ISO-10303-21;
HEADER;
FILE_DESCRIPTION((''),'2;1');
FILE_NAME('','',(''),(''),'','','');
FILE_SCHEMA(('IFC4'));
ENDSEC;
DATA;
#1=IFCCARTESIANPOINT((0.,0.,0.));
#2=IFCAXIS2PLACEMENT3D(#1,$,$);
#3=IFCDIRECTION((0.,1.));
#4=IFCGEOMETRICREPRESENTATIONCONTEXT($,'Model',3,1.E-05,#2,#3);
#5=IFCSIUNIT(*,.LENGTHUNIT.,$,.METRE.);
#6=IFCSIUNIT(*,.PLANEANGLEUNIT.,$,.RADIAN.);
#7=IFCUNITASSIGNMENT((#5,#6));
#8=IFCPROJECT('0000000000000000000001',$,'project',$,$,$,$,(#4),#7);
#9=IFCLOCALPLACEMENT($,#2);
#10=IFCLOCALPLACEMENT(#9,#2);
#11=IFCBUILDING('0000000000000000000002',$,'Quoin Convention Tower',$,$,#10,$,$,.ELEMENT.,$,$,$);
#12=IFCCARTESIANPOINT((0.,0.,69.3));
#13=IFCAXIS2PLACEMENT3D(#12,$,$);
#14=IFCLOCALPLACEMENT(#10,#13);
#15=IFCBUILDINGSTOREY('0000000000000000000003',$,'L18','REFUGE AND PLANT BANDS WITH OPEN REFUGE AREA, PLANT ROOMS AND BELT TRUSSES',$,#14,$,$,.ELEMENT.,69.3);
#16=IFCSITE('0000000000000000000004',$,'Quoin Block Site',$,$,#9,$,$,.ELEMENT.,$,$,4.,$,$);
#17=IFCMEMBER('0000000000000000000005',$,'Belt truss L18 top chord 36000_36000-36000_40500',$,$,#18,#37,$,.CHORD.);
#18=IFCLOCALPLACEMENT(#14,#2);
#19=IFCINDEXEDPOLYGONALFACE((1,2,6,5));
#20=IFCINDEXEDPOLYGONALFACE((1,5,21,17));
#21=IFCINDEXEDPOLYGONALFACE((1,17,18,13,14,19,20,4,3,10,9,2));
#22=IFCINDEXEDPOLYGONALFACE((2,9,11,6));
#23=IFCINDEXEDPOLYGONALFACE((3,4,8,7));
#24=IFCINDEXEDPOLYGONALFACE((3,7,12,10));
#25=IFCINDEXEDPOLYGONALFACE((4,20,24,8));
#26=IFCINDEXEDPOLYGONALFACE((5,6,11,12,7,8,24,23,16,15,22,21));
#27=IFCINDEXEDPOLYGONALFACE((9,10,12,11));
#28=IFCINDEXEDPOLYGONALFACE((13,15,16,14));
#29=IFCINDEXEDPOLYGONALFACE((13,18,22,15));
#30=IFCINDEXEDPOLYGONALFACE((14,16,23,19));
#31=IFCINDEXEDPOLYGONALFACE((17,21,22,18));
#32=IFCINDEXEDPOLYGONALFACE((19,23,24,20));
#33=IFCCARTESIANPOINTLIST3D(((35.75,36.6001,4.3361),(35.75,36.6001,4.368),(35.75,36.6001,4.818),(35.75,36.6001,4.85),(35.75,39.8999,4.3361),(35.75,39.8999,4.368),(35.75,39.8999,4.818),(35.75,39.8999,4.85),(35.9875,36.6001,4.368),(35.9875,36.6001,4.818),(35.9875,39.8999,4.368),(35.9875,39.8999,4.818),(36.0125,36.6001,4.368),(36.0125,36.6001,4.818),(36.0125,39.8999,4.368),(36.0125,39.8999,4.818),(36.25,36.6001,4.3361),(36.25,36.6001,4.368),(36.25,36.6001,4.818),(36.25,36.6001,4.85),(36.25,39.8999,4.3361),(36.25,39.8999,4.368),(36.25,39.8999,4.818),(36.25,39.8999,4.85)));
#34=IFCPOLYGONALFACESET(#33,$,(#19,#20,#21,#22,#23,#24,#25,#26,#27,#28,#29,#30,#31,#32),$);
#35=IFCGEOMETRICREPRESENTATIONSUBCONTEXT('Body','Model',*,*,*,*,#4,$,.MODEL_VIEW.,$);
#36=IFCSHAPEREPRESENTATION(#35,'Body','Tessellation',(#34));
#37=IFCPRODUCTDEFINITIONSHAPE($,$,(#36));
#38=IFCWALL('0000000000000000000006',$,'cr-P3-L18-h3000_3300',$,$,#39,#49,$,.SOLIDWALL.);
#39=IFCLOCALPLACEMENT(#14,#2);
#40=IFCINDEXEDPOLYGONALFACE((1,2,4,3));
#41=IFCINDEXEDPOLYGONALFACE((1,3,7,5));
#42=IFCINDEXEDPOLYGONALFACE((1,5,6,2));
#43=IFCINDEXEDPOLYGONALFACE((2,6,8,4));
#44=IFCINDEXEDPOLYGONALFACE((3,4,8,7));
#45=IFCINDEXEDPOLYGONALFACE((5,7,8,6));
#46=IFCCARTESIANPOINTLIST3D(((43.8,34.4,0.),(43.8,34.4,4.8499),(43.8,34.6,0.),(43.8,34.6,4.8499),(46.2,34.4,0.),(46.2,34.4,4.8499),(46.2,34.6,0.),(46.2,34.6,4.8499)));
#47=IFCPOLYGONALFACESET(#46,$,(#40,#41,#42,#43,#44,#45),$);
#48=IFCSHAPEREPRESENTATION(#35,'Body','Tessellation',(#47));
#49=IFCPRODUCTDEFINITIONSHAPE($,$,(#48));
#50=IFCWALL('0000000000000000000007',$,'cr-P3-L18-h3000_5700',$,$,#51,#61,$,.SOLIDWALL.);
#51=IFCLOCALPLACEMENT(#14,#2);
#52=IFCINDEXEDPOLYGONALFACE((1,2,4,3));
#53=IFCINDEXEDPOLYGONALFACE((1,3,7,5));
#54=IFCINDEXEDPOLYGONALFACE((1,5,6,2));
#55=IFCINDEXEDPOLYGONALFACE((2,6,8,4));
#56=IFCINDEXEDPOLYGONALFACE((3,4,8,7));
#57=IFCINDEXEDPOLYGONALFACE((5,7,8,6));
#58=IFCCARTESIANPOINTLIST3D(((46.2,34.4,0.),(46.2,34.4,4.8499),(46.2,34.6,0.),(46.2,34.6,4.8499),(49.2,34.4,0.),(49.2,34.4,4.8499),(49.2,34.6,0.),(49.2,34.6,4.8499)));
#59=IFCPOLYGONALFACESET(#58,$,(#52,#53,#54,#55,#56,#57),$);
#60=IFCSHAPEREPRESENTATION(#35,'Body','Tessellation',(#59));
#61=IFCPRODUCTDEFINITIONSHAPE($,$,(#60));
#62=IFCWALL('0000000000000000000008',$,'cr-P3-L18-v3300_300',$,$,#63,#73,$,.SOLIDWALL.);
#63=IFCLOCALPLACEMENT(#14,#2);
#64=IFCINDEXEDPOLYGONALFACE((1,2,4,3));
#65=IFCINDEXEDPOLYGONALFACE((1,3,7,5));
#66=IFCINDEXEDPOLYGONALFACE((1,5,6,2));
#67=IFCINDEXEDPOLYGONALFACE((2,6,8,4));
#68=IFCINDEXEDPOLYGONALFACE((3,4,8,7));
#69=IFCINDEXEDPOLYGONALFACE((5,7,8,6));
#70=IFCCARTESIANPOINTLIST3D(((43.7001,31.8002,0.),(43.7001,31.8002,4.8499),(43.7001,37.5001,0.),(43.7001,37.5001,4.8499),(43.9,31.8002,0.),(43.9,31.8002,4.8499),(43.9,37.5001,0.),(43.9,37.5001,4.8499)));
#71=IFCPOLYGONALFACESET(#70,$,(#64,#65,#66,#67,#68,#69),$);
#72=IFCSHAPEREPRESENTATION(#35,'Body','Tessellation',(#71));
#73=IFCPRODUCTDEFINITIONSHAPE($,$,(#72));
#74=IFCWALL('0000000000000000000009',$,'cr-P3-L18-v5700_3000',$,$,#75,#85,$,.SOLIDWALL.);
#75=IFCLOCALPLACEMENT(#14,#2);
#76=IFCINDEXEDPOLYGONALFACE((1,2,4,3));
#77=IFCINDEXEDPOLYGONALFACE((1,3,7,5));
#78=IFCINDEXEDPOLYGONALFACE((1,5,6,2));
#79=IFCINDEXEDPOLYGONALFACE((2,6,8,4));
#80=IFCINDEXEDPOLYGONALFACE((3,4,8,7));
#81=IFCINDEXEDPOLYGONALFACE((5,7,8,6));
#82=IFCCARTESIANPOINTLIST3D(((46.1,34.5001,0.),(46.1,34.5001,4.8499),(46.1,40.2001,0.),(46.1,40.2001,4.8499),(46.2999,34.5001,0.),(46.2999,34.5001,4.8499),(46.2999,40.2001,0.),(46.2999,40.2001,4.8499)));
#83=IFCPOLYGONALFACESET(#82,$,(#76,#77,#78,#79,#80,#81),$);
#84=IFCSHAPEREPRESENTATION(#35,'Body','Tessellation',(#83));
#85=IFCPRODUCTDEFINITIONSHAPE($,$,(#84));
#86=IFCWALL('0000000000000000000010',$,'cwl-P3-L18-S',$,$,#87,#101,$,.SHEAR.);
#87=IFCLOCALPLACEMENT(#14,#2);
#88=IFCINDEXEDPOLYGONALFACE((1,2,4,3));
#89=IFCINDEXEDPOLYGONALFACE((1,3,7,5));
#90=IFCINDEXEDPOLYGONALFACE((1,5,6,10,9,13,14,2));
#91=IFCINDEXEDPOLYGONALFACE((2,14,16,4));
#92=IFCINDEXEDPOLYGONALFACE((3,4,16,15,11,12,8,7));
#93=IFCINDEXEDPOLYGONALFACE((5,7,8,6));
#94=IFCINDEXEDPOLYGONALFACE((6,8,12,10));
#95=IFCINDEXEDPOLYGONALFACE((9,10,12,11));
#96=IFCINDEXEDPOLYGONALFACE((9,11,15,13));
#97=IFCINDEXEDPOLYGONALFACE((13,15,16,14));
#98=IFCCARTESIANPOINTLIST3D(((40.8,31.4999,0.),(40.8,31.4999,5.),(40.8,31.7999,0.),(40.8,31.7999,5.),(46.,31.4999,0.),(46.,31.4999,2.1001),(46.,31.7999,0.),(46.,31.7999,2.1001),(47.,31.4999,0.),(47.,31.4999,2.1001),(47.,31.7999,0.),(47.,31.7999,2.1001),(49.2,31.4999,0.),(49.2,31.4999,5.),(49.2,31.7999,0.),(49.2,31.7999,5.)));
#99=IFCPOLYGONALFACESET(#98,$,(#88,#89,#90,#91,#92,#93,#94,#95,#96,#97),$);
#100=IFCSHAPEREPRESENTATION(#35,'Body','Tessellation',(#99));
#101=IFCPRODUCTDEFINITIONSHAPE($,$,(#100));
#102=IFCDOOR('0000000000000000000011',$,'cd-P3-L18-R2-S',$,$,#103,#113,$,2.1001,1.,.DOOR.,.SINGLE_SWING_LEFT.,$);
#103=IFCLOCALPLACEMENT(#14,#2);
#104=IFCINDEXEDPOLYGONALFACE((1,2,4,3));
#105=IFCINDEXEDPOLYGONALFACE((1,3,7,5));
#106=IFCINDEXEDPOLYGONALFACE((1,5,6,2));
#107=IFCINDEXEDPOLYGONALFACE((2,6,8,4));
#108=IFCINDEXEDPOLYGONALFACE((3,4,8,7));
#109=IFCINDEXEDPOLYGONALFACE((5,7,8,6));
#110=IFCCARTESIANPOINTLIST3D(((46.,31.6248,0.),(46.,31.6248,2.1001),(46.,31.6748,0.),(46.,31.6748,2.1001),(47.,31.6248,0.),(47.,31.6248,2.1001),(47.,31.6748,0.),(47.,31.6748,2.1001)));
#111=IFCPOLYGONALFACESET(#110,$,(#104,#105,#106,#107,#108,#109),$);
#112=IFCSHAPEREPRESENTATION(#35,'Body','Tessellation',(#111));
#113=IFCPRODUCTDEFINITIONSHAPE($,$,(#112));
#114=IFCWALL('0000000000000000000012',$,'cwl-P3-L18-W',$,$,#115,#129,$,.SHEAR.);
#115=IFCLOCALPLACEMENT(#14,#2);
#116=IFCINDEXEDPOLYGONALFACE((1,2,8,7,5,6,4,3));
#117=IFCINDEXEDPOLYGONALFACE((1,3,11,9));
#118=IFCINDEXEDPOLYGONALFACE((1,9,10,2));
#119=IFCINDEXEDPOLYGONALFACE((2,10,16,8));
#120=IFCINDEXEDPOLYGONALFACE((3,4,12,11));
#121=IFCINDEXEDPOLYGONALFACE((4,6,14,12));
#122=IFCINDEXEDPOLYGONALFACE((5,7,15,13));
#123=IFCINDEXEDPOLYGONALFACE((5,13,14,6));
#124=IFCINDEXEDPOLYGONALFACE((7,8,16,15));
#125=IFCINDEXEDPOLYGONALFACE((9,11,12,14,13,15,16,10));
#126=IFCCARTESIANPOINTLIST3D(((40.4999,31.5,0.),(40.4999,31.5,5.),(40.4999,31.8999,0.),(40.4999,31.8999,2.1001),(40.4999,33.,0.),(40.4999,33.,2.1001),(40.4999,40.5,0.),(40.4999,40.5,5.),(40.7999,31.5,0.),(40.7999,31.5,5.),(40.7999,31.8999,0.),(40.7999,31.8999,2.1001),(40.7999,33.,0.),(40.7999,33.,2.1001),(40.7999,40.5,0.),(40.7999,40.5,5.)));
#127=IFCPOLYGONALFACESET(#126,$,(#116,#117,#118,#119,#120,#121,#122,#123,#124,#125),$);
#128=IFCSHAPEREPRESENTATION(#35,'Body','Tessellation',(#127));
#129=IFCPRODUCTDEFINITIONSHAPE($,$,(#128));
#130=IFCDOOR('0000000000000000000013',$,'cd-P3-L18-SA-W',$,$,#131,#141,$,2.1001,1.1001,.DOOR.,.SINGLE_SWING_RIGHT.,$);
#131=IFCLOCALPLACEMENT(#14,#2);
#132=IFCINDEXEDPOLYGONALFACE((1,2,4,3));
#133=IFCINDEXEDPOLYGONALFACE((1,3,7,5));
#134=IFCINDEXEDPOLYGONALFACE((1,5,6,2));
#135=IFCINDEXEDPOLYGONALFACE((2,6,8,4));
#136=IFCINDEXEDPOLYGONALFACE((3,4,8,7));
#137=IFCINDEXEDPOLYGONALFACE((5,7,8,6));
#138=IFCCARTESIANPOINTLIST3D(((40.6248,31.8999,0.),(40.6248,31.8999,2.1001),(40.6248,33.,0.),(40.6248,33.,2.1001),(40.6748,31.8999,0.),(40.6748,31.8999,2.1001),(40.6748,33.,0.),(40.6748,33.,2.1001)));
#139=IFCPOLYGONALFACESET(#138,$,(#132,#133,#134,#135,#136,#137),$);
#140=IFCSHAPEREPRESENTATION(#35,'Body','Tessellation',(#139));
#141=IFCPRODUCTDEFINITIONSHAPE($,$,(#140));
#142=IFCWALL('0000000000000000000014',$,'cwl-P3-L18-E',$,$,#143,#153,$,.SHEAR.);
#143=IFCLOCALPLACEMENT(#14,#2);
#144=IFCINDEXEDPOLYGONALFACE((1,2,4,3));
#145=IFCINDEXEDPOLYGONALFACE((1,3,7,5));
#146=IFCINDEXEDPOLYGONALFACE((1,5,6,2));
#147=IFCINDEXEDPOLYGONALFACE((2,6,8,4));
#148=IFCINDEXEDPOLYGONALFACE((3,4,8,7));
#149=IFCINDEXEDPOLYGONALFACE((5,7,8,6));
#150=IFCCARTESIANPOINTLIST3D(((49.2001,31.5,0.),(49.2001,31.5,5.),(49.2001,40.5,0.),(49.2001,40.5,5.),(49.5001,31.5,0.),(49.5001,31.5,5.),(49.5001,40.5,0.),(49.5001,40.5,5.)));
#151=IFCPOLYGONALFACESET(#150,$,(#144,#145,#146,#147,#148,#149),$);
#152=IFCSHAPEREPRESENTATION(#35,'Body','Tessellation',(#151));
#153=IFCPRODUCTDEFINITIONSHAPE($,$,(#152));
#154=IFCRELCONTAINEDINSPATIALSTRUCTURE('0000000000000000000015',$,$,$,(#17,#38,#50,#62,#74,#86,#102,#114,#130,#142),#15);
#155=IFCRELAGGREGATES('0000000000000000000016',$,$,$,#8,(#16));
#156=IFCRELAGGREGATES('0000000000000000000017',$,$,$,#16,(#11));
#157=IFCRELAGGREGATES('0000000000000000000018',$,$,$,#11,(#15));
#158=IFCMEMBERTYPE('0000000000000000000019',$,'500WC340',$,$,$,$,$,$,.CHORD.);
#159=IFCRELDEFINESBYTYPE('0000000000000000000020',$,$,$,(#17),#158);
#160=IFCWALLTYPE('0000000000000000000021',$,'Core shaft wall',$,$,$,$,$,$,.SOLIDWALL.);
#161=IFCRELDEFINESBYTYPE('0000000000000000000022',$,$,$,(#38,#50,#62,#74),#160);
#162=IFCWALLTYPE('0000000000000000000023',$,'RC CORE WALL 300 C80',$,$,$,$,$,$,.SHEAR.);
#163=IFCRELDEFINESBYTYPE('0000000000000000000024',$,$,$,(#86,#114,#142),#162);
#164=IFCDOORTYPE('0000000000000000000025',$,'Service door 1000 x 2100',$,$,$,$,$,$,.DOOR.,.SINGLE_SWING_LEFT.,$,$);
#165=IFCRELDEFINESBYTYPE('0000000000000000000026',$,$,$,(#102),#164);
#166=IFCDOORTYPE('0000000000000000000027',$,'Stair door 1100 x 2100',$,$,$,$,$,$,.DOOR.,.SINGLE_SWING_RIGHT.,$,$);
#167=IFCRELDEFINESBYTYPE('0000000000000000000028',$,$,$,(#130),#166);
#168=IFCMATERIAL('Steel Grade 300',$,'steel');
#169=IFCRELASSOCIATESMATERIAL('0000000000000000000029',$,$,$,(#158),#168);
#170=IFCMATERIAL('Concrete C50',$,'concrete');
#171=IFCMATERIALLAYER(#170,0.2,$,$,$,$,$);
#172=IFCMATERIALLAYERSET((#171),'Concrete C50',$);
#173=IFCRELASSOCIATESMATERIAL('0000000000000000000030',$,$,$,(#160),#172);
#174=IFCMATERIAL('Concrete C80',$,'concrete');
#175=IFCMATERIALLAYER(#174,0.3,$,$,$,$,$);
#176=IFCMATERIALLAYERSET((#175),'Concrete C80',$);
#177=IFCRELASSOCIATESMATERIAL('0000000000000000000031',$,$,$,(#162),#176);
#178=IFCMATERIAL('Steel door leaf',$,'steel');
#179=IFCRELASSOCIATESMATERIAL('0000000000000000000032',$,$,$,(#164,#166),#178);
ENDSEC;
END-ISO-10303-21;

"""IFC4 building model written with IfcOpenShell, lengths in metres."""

from ifc_helpers import new_model, si_unit, direction, frame, frame_2d, origin, origin_2d, place, context, subcontext, project, spatial, rectangle, i_section, extrude, material, layer, layer_set, material_profile, profile_set, type_object, element, fill, save


model = new_model("IFC4")

# Units and contexts
model_context = context("Model", 3, precision=1e-05, world=origin(), true_north=direction((0.0, 1.0)))
body_context = subcontext(model_context, "Body", "Model", "MODEL_VIEW")
ifc_project = project(units=[si_unit("LENGTHUNIT", "METRE"), si_unit("PLANEANGLEUNIT", "RADIAN")], contexts=[model_context])

# Site, building, storey
site_placement = place(None, origin())
site = spatial("IfcSite", under=ifc_project, at=site_placement, Name="Quoin Block Site", CompositionType="ELEMENT", RefElevation=4.0)
building_placement = place(site_placement, origin())
building = spatial("IfcBuilding", under=site, at=building_placement, Name="Quoin Convention Tower", CompositionType="ELEMENT")
storey_placement = place(building_placement, frame((0.0, 0.0, 69.3)))
storey = spatial("IfcBuildingStorey", under=building, at=storey_placement, Name="L18", Description="REFUGE AND PLANT BANDS WITH OPEN REFUGE AREA, PLANT ROOMS AND BELT TRUSSES", CompositionType="ELEMENT", Elevation=69.3)

# Shared definitions
ifc_material_1 = material(Name="Steel Grade 300", Category="steel")

# Member
ifc_material_profile_1 = material_profile(ifc_material_1, i_section(OverallWidth=0.5, OverallDepth=0.5139, WebThickness=0.0249, FlangeThickness=0.032, at=origin_2d()), Name="500WC340")
ifc_profile_set_1 = profile_set([ifc_material_profile_1], Name="Steel Grade 300")
member_type_1 = type_object("IfcMemberType", Name="500WC340", PredefinedType="CHORD", material=ifc_profile_set_1)
member_1_placement = place(storey_placement, frame((36.0, 36.6001, 4.593), z_axis=(0.0, 1.0, 0.0), x_axis=(-1.0, 0.0, 0.0)))
element("IfcMember", 1, at=member_1_placement, inside=storey, type_object=member_type_1, Name="Belt truss L18 top chord 36000_36000-36000_40500", PredefinedType="CHORD", context=body_context, shape_type="SweptSolid", body=[
    extrude(i_section(OverallWidth=0.5, OverallDepth=0.5139, WebThickness=0.0249, FlangeThickness=0.032, at=origin_2d()), origin(), (0.0, 0.0, 1.0), 3.2998),
])

# Walls
ifc_material_2 = material(Name="Concrete C50", Category="concrete")
ifc_layer_1 = layer(ifc_material_2, 0.2)
ifc_layer_set_1 = layer_set([ifc_layer_1], Name="Concrete C50")
wall_type_1 = type_object("IfcWallType", Name="Core shaft wall", PredefinedType="SOLIDWALL", material=ifc_layer_set_1)
wall_1_placement = place(storey_placement, frame((43.8, 34.5, 0.0), z_axis=(0.0, 0.0, 1.0), x_axis=(1.0, 0.0, 0.0)))
element("IfcWall", 2, at=wall_1_placement, inside=storey, type_object=wall_type_1, Name="cr-P3-L18-h3000_3300", PredefinedType="SOLIDWALL", context=body_context, shape_type="SweptSolid", body=[
    extrude(rectangle(XDim=2.3999, YDim=0.2, at=frame_2d((1.2, 0.0))), origin(), (0.0, 0.0, 1.0), 4.8499),
])
wall_2_placement = place(storey_placement, frame((46.2, 34.5, 0.0), z_axis=(0.0, 0.0, 1.0), x_axis=(1.0, 0.0, 0.0)))
element("IfcWall", 3, at=wall_2_placement, inside=storey, type_object=wall_type_1, Name="cr-P3-L18-h3000_5700", PredefinedType="SOLIDWALL", context=body_context, shape_type="SweptSolid", body=[
    extrude(rectangle(XDim=3.0, YDim=0.2, at=frame_2d((1.5, 0.0))), origin(), (0.0, 0.0, 1.0), 4.8499),
])
for number, where, z_axis, x_axis, name in (
    (4, (43.8, 31.8, 0.0), (0.0, 0.0, 1.0), (0.0, 1.0, 0.0), "cr-P3-L18-v3300_300"),
    (5, (46.2, 34.5, 0.0), (0.0, 0.0, 1.0), (0.0, 1.0, 0.0), "cr-P3-L18-v5700_3000"),
):
    element("IfcWall", number, at=place(storey_placement, frame(where, z_axis=z_axis, x_axis=x_axis)), inside=storey, type_object=wall_type_1, Name=name, PredefinedType="SOLIDWALL", context=body_context, shape_type="SweptSolid", body=[
        extrude(rectangle(XDim=5.7, YDim=0.2, at=frame_2d((2.8501, 0.0))), origin(), (0.0, 0.0, 1.0), 4.8499),
    ])

# Walls, openings, doors
ifc_material_3 = material(Name="Concrete C80", Category="concrete")
ifc_layer_2 = layer(ifc_material_3, 0.3)
ifc_layer_set_2 = layer_set([ifc_layer_2], Name="Concrete C80")
wall_type_2 = type_object("IfcWallType", Name="RC CORE WALL 300 C80", PredefinedType="SHEAR", material=ifc_layer_set_2)
wall_3_placement = place(storey_placement, frame((40.8, 31.6499, 0.0), z_axis=(0.0, 0.0, 1.0), x_axis=(1.0, 0.0, 0.0)))
wall_3 = element("IfcWall", 6, at=wall_3_placement, inside=storey, type_object=wall_type_2, Name="cwl-P3-L18-S", PredefinedType="SHEAR", context=body_context, shape_type="SweptSolid", body=[
    extrude(rectangle(XDim=8.3999, YDim=0.3, at=frame_2d((4.2, 0.0))), origin(), (0.0, 0.0, 1.0), 5.0),
])
opening_1_placement = place(wall_3_placement, frame((5.2, 0.0, 0.0)))
opening_1 = element("IfcOpeningElement", 7, at=opening_1_placement, cuts=wall_3, PredefinedType="OPENING", context=body_context, shape_type="SweptSolid", body=[
    extrude(rectangle(XDim=1.0, YDim=2.1001, at=frame_2d((0.5, 1.05))), frame((0.0, 0.1599, 0.0), z_axis=(0.0, -1.0, 0.0), x_axis=(1.0, 0.0, 0.0)), (0.0, 0.0, 1.0), 0.3201),
])
ifc_material_4 = material(Name="Steel door leaf", Category="steel")
door_type_1 = type_object("IfcDoorType", Name="Service door 1000 x 2100", OperationType="SINGLE_SWING_LEFT", PredefinedType="DOOR", material=ifc_material_4)
door_1_placement = place(opening_1_placement, origin())
door_1 = element("IfcDoor", 8, at=door_1_placement, inside=storey, type_object=door_type_1, Name="cd-P3-L18-R2-S", OperationType="SINGLE_SWING_LEFT", OverallHeight=2.1001, OverallWidth=1.0, PredefinedType="DOOR", context=body_context, shape_type="SweptSolid", body=[
    extrude(rectangle(XDim=1.0, YDim=2.1001, at=frame_2d((0.5, 1.05))), frame((0.0, 0.0249, 0.0), z_axis=(0.0, -1.0, 0.0), x_axis=(1.0, 0.0, 0.0)), (0.0, 0.0, 1.0), 0.05),
])
fill(opening_1, door_1)
wall_4_placement = place(storey_placement, frame((40.6499, 31.5, 0.0), z_axis=(0.0, 0.0, 1.0), x_axis=(0.0, 1.0, 0.0)))
wall_4 = element("IfcWall", 9, at=wall_4_placement, inside=storey, type_object=wall_type_2, Name="cwl-P3-L18-W", PredefinedType="SHEAR", context=body_context, shape_type="SweptSolid", body=[
    extrude(rectangle(XDim=9.0, YDim=0.3, at=frame_2d((4.5, 0.0))), origin(), (0.0, 0.0, 1.0), 5.0),
])
opening_2_placement = place(wall_4_placement, frame((0.3999, 0.0, 0.0)))
opening_2 = element("IfcOpeningElement", 10, at=opening_2_placement, cuts=wall_4, PredefinedType="OPENING", context=body_context, shape_type="SweptSolid", body=[
    extrude(rectangle(XDim=1.1001, YDim=2.1001, at=frame_2d((0.55, 1.05))), frame((0.0, 0.1599, 0.0), z_axis=(0.0, -1.0, 0.0), x_axis=(1.0, 0.0, 0.0)), (0.0, 0.0, 1.0), 0.3201),
])
door_type_2 = type_object("IfcDoorType", Name="Stair door 1100 x 2100", OperationType="SINGLE_SWING_RIGHT", PredefinedType="DOOR", material=ifc_material_4)
door_2_placement = place(opening_2_placement, frame((1.1001, 0.0, 0.0), z_axis=(0.0, 0.0, 1.0), x_axis=(-1.0, 0.0, 0.0)))
door_2 = element("IfcDoor", 11, at=door_2_placement, inside=storey, type_object=door_type_2, Name="cd-P3-L18-SA-W", OperationType="SINGLE_SWING_RIGHT", OverallHeight=2.1001, OverallWidth=1.1001, PredefinedType="DOOR", context=body_context, shape_type="SweptSolid", body=[
    extrude(rectangle(XDim=1.1001, YDim=2.1001, at=frame_2d((0.55, 1.05))), frame((0.0, 0.0249, 0.0), z_axis=(0.0, -1.0, 0.0), x_axis=(1.0, 0.0, 0.0)), (0.0, 0.0, 1.0), 0.05),
])
fill(opening_2, door_2)

# Wall
wall_5_placement = place(storey_placement, frame((49.3501, 31.5, 0.0), z_axis=(0.0, 0.0, 1.0), x_axis=(0.0, 1.0, 0.0)))
element("IfcWall", 12, at=wall_5_placement, inside=storey, type_object=wall_type_2, Name="cwl-P3-L18-E", PredefinedType="SHEAR", context=body_context, shape_type="SweptSolid", body=[
    extrude(rectangle(XDim=9.0, YDim=0.3, at=frame_2d((4.5, 0.0))), origin(), (0.0, 0.0, 1.0), 5.0),
])

save(model, "model.ifc")
